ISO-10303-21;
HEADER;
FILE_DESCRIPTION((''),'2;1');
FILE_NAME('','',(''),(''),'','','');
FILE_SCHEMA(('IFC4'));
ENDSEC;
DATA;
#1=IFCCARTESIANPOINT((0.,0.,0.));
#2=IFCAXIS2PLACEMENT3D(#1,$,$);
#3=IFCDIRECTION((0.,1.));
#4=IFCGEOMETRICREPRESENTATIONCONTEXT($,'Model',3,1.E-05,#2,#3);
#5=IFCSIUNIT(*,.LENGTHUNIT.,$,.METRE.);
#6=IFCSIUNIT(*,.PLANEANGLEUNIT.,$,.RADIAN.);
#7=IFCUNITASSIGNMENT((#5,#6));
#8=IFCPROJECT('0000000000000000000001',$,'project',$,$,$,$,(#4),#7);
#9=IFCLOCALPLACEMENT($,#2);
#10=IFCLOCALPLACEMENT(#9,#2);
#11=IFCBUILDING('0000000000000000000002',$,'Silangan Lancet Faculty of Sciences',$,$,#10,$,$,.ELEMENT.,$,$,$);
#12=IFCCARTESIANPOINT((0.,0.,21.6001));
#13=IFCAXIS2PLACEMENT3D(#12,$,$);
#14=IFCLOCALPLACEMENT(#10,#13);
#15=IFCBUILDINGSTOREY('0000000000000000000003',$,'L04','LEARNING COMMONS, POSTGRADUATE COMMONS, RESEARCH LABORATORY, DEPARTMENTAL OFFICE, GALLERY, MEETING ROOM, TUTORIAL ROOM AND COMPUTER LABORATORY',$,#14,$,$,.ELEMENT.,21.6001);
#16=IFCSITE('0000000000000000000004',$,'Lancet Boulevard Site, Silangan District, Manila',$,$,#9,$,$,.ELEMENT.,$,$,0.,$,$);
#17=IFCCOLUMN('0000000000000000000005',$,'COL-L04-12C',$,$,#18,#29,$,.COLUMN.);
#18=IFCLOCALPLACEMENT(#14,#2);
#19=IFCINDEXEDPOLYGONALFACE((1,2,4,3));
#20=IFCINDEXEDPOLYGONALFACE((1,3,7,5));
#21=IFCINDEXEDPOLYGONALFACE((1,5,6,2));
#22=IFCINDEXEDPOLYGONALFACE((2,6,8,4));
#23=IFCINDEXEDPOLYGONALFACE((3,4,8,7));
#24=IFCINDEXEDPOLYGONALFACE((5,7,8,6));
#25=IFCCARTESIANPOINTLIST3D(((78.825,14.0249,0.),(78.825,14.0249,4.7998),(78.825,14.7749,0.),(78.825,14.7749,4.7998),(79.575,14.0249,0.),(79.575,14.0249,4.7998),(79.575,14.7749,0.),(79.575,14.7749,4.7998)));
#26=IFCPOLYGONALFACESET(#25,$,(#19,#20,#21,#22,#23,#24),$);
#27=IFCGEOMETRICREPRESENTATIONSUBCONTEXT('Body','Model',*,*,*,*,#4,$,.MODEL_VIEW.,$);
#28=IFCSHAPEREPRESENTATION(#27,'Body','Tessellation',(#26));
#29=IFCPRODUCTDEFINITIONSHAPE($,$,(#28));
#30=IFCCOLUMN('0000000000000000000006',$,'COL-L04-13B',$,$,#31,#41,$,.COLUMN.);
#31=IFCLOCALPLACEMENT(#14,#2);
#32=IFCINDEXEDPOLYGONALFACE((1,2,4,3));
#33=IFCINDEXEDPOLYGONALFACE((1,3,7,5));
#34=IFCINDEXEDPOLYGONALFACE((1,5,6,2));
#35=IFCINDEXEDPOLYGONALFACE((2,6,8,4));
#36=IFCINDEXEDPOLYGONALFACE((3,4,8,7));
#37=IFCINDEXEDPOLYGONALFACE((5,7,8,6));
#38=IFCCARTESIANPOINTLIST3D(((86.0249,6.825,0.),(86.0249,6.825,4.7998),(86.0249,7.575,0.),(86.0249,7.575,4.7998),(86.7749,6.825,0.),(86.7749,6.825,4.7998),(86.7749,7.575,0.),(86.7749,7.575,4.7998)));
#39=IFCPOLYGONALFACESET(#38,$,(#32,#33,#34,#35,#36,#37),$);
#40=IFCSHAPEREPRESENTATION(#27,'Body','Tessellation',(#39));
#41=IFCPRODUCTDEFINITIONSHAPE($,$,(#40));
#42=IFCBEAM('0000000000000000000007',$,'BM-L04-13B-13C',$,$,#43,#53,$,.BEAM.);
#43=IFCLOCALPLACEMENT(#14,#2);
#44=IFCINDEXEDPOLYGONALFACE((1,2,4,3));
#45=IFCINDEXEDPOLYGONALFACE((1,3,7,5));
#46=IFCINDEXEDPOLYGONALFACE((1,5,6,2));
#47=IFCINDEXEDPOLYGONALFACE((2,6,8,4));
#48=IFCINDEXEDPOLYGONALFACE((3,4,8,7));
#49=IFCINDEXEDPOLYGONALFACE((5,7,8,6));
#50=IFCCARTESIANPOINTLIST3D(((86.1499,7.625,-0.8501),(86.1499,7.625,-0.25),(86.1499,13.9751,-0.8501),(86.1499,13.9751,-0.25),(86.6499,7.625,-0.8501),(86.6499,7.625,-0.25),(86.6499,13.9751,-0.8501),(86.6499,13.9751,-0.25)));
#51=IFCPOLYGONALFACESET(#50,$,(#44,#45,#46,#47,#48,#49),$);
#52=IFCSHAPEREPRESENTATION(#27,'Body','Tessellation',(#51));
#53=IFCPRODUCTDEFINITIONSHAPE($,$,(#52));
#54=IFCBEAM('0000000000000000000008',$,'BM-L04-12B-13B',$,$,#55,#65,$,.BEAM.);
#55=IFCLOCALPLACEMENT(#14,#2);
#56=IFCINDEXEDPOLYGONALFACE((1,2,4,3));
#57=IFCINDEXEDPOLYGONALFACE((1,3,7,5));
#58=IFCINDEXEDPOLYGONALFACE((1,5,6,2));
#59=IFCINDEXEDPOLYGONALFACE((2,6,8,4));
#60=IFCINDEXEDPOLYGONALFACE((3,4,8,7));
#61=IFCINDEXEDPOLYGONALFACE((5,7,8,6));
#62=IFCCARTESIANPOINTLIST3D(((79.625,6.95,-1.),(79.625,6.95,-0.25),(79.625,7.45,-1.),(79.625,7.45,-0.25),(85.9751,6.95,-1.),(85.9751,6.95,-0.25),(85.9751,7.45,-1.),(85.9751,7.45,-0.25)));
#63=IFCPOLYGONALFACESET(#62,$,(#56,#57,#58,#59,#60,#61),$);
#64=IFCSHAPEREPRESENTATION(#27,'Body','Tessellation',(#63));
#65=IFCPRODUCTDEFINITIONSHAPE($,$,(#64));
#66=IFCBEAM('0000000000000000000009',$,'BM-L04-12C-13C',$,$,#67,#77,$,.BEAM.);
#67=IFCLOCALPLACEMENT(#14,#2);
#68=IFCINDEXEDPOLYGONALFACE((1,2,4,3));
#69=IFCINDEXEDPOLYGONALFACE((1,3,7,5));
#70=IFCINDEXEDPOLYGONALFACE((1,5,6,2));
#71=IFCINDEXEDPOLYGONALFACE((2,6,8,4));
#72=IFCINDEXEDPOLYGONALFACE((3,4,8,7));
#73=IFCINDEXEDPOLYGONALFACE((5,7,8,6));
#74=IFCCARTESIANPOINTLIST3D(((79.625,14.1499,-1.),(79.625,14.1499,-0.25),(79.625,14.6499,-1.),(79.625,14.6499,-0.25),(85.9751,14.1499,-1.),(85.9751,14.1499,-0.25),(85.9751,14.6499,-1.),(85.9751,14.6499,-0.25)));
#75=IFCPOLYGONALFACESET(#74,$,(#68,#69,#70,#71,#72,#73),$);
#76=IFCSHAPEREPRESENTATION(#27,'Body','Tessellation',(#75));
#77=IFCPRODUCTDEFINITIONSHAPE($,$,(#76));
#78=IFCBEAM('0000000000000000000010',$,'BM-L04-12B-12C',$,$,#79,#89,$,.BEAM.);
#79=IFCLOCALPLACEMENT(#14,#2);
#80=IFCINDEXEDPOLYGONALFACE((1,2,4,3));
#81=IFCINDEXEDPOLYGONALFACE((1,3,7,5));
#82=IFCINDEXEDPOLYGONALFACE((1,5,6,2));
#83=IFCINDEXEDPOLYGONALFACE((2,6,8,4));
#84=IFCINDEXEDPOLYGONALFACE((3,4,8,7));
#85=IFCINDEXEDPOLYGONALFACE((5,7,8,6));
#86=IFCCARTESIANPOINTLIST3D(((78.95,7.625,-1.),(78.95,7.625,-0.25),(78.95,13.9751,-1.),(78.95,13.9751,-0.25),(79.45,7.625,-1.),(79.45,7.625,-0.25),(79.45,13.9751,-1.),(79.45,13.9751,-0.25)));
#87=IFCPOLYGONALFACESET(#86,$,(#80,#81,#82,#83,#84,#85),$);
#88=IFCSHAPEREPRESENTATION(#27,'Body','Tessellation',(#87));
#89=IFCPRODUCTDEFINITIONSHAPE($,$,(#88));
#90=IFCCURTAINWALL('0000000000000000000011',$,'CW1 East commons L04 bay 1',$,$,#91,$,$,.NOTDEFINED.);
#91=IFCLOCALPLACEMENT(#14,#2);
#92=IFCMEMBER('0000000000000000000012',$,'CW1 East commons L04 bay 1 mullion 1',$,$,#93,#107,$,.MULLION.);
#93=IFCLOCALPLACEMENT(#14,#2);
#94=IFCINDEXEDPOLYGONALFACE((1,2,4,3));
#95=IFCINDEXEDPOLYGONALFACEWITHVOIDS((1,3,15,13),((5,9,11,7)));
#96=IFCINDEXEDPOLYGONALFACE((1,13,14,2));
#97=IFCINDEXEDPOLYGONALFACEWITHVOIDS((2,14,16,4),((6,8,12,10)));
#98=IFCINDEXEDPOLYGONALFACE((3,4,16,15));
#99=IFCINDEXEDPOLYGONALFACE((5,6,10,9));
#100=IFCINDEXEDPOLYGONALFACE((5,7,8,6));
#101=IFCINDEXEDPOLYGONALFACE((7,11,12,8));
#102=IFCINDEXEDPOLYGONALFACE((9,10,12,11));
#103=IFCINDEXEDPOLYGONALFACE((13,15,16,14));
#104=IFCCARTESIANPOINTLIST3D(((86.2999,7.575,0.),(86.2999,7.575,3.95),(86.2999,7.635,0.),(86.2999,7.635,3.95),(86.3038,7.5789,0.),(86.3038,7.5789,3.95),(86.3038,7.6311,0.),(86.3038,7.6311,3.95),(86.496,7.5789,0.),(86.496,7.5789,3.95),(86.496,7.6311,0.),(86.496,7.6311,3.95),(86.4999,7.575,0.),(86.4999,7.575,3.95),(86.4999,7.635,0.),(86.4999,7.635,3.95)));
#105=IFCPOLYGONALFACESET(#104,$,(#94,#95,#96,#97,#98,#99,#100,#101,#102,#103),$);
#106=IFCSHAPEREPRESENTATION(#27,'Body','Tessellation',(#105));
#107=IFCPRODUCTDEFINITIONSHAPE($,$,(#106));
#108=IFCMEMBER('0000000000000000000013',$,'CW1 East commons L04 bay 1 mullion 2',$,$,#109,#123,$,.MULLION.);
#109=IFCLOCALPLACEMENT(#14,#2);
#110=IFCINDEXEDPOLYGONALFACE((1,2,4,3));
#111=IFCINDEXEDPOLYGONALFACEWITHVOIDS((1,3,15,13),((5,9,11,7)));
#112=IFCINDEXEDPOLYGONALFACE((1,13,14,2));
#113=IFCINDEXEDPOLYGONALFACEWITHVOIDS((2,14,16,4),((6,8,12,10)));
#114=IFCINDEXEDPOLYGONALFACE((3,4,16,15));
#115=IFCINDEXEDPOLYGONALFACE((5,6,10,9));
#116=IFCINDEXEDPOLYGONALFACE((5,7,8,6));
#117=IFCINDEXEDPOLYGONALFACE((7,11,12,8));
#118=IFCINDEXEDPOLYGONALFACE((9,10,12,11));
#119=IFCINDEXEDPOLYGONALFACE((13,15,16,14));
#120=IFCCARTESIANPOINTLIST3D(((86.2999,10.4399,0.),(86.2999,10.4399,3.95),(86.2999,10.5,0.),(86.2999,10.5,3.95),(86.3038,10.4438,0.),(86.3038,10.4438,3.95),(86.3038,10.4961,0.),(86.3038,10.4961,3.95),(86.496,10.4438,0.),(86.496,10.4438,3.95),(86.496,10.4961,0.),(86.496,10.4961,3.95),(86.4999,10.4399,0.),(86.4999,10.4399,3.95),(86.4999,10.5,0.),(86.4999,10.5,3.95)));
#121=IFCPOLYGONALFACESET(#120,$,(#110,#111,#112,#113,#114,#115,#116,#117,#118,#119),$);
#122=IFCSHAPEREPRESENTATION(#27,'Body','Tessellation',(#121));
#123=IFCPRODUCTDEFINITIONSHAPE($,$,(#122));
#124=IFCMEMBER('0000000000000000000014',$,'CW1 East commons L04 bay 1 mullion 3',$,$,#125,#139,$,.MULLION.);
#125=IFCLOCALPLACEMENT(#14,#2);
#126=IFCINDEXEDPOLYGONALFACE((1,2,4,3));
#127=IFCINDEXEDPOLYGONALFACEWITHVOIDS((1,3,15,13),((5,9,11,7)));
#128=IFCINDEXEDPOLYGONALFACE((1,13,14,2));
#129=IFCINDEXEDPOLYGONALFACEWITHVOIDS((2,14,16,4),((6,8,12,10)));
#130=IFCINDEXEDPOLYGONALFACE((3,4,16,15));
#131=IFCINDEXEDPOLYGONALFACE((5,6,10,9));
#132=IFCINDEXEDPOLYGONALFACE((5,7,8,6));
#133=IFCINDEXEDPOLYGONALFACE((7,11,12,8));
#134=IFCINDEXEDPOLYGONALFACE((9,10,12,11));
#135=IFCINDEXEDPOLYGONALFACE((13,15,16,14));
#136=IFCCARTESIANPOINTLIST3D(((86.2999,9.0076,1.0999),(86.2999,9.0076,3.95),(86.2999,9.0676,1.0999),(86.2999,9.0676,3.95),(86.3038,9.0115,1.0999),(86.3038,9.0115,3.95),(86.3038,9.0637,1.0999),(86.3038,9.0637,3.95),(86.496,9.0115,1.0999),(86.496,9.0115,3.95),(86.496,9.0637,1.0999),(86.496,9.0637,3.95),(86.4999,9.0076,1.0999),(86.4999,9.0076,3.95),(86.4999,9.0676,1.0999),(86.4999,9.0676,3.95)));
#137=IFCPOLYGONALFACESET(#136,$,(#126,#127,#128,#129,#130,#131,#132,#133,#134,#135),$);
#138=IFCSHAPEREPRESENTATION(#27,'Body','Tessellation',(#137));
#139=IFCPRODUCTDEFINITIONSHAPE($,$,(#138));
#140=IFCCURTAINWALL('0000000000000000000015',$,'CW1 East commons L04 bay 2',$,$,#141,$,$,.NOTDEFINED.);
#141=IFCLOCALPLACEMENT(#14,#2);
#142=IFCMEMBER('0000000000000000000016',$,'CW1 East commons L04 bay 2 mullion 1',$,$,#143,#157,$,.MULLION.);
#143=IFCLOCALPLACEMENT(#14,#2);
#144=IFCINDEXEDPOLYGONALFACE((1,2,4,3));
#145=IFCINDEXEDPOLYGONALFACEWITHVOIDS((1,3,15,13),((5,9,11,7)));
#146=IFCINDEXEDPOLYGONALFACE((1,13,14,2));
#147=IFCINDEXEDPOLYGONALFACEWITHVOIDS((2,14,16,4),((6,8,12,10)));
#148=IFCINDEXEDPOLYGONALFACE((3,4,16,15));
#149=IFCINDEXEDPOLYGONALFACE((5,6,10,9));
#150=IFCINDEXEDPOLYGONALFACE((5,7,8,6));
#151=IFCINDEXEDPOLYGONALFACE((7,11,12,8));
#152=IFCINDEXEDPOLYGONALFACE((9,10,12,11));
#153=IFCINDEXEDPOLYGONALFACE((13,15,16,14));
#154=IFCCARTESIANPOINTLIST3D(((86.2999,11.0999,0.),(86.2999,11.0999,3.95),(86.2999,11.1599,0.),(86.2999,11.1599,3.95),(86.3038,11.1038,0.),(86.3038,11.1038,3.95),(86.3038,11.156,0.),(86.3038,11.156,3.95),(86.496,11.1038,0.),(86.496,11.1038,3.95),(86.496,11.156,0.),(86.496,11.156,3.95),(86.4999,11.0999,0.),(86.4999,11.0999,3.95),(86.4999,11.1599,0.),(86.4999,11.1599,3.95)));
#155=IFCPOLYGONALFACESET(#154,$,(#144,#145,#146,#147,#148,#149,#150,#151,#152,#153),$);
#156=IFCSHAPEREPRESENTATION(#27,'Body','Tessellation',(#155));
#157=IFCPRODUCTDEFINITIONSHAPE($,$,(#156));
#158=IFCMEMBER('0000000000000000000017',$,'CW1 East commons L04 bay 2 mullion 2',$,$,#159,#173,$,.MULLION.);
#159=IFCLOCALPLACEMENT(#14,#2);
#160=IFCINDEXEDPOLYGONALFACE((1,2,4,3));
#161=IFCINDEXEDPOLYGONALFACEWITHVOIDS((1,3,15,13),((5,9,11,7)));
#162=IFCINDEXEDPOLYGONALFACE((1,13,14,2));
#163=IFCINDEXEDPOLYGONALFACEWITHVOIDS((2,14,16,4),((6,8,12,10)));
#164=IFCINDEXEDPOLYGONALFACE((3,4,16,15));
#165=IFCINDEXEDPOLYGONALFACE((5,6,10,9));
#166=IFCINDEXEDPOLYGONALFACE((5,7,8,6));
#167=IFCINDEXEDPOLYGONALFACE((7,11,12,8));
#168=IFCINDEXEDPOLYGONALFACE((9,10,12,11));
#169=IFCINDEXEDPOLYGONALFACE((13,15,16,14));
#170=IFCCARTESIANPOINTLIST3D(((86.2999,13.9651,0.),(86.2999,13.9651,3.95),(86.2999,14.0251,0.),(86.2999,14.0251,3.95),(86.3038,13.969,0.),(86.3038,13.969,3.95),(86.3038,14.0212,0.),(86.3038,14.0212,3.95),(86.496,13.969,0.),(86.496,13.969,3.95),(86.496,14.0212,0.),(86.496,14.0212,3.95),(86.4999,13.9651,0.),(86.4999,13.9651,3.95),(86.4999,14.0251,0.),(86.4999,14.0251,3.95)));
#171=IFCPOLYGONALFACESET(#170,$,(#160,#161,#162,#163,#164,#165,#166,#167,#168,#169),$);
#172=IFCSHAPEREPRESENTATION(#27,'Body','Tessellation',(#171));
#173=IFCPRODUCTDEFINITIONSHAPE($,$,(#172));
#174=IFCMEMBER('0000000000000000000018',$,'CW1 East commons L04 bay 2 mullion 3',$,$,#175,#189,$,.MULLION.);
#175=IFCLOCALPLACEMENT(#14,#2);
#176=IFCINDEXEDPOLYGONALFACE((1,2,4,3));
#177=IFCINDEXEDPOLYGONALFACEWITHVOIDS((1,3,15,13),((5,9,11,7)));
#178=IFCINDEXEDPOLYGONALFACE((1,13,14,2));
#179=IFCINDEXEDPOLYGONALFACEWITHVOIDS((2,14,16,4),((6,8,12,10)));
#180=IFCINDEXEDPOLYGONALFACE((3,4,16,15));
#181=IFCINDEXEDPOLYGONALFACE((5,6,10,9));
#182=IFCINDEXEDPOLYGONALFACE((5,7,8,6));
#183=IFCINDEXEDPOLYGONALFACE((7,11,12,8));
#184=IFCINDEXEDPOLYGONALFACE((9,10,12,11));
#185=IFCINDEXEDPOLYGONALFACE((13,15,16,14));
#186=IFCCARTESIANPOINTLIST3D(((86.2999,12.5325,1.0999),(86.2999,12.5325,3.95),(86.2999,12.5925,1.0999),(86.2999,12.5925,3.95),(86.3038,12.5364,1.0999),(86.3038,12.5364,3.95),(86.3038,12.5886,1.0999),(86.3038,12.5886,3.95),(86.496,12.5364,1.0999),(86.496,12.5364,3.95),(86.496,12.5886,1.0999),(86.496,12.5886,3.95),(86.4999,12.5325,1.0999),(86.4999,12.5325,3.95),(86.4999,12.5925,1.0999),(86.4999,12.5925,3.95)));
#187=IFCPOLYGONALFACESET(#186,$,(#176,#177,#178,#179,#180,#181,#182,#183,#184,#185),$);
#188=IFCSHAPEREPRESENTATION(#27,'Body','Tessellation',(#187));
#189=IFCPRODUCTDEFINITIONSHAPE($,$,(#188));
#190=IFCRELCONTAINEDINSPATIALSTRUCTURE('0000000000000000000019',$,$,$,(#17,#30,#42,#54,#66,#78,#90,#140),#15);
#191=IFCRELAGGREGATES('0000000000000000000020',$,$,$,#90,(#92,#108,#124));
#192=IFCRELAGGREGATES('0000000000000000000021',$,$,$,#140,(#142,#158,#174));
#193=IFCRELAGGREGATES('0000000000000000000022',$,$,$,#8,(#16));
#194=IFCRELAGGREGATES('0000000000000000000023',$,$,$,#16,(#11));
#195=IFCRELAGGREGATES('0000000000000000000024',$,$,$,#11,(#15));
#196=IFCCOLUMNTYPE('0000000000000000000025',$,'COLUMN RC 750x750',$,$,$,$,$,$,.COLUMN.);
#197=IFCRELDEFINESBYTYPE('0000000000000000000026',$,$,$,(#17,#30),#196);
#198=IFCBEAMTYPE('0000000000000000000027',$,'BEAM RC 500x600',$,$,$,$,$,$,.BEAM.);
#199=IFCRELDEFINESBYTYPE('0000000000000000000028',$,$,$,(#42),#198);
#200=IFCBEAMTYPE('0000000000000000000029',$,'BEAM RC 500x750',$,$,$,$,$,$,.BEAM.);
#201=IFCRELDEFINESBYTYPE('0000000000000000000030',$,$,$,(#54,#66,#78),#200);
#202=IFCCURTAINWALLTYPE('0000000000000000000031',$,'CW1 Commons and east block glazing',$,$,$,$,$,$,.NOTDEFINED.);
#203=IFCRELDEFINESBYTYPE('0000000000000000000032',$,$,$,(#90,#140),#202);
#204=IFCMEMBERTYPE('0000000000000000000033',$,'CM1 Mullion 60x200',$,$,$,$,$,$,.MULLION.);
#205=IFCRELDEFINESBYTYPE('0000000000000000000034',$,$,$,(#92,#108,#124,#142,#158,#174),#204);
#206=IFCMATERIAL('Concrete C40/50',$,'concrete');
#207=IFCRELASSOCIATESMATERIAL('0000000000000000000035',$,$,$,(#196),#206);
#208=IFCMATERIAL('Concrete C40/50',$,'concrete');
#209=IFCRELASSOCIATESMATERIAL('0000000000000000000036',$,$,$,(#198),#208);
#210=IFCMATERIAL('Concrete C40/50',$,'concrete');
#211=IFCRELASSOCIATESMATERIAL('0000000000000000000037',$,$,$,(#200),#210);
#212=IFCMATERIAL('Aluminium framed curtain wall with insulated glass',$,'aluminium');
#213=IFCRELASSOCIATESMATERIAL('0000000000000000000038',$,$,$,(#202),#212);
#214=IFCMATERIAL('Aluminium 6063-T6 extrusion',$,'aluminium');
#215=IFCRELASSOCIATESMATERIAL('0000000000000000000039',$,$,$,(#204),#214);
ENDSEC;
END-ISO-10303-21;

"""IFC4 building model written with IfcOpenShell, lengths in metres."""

from ifc_helpers import new_model, si_unit, direction, frame, origin, origin_2d, place, context, subcontext, project, spatial, rectangle, hollow_rectangle, extrude, material, material_profile, profile_set, type_object, element, aggregate, save


model = new_model("IFC4")

# Units and contexts
model_context = context("Model", 3, precision=1e-05, world=origin(), true_north=direction((0.0, 1.0)))
body_context = subcontext(model_context, "Body", "Model", "MODEL_VIEW")
ifc_project = project(units=[si_unit("LENGTHUNIT", "METRE"), si_unit("PLANEANGLEUNIT", "RADIAN")], contexts=[model_context])

# Site, building, storey
site_placement = place(None, origin())
site = spatial("IfcSite", under=ifc_project, at=site_placement, Name="Lancet Boulevard Site, Silangan District, Manila", CompositionType="ELEMENT", RefElevation=0.0)
building_placement = place(site_placement, origin())
building = spatial("IfcBuilding", under=site, at=building_placement, Name="Silangan Lancet Faculty of Sciences", CompositionType="ELEMENT")
storey_placement = place(building_placement, frame((0.0, 0.0, 21.6001)))
storey = spatial("IfcBuildingStorey", under=building, at=storey_placement, Name="L04", Description="LEARNING COMMONS, POSTGRADUATE COMMONS, RESEARCH LABORATORY, DEPARTMENTAL OFFICE, GALLERY, MEETING ROOM, TUTORIAL ROOM AND COMPUTER LABORATORY", CompositionType="ELEMENT", Elevation=21.6001)

# Columns
ifc_material_1 = material(Name="Concrete C40/50", Category="concrete")
ifc_material_profile_1 = material_profile(ifc_material_1, rectangle(XDim=0.75, YDim=0.75, at=origin_2d()), Name="RC 750x750")
ifc_profile_set_1 = profile_set([ifc_material_profile_1], Name="Concrete C40/50")
column_type = type_object("IfcColumnType", Name="COLUMN RC 750x750", PredefinedType="COLUMN", material=ifc_profile_set_1)
for number, where, z_axis, x_axis, name in (
    (1, (79.2, 14.3999, 0.0), (0.0, 0.0, 1.0), (1.0, 0.0, 0.0), "COL-L04-12C"),
    (2, (86.3999, 7.2, 0.0), (0.0, 0.0, 1.0), (1.0, 0.0, 0.0), "COL-L04-13B"),
):
    element("IfcColumn", number, at=place(storey_placement, frame(where, z_axis=z_axis, x_axis=x_axis)), inside=storey, type_object=column_type, Name=name, PredefinedType="COLUMN", context=body_context, shape_type="SweptSolid", body=[
        extrude(rectangle(XDim=0.75, YDim=0.75, at=origin_2d()), origin(), (0.0, 0.0, 1.0), 4.7998),
    ])

# Beams
ifc_material_2 = material(Name="Concrete C40/50", Category="concrete")
ifc_material_profile_2 = material_profile(ifc_material_2, rectangle(XDim=0.5, YDim=0.6001, at=origin_2d()), Name="RC 500x600")
ifc_profile_set_2 = profile_set([ifc_material_profile_2], Name="Concrete C40/50")
beam_type_1 = type_object("IfcBeamType", Name="BEAM RC 500x600", PredefinedType="BEAM", material=ifc_profile_set_2)
beam_placement = place(storey_placement, frame((86.3999, 7.625, -0.55), z_axis=(0.0, 1.0, 0.0), x_axis=(-1.0, 0.0, 0.0)))
element("IfcBeam", 3, at=beam_placement, inside=storey, type_object=beam_type_1, Name="BM-L04-13B-13C", PredefinedType="BEAM", context=body_context, shape_type="SweptSolid", body=[
    extrude(rectangle(XDim=0.5, YDim=0.6001, at=origin_2d()), origin(), (0.0, 0.0, 1.0), 6.3501),
])
ifc_material_3 = material(Name="Concrete C40/50", Category="concrete")
ifc_material_profile_3 = material_profile(ifc_material_3, rectangle(XDim=0.5, YDim=0.75, at=origin_2d()), Name="RC 500x750")
ifc_profile_set_3 = profile_set([ifc_material_profile_3], Name="Concrete C40/50")
beam_type_2 = type_object("IfcBeamType", Name="BEAM RC 500x750", PredefinedType="BEAM", material=ifc_profile_set_3)
for number, where, z_axis, x_axis, name in (
    (4, (79.625, 7.2, -0.625), (1.0, 0.0, 0.0), (0.0, 1.0, 0.0), "BM-L04-12B-13B"),
    (5, (79.625, 14.3999, -0.625), (1.0, 0.0, 0.0), (0.0, 1.0, 0.0), "BM-L04-12C-13C"),
    (6, (79.2, 7.625, -0.625), (0.0, 1.0, 0.0), (-1.0, 0.0, 0.0), "BM-L04-12B-12C"),
):
    element("IfcBeam", number, at=place(storey_placement, frame(where, z_axis=z_axis, x_axis=x_axis)), inside=storey, type_object=beam_type_2, Name=name, PredefinedType="BEAM", context=body_context, shape_type="SweptSolid", body=[
        extrude(rectangle(XDim=0.5, YDim=0.75, at=origin_2d()), origin(), (0.0, 0.0, 1.0), 6.3501),
    ])

# Curtain walls, members
ifc_material_4 = material(Name="Aluminium framed curtain wall with insulated glass", Category="aluminium")
curtain_wall_type = type_object("IfcCurtainWallType", Name="CW1 Commons and east block glazing", PredefinedType="NOTDEFINED", material=ifc_material_4)
curtain_wall_1_placement = place(storey_placement, origin())
curtain_wall_1 = element("IfcCurtainWall", 7, at=curtain_wall_1_placement, inside=storey, type_object=curtain_wall_type, Name="CW1 East commons L04 bay 1", PredefinedType="NOTDEFINED")
ifc_material_5 = material(Name="Aluminium 6063-T6 extrusion", Category="aluminium")
ifc_material_profile_4 = material_profile(ifc_material_5, hollow_rectangle(XDim=0.0601, YDim=0.2, WallThickness=0.0039, at=origin_2d()), Name="AL BOX 60x200x4")
ifc_profile_set_4 = profile_set([ifc_material_profile_4], Name="Aluminium 6063-T6 extrusion")
member_type_1 = type_object("IfcMemberType", Name="CM1 Mullion 60x200", PredefinedType="MULLION", material=ifc_profile_set_4)
member_1_placement = place(storey_placement, frame((86.3999, 7.605, 0.0), z_axis=(0.0, 0.0, 1.0), x_axis=(0.0, 1.0, 0.0)))
member_1 = element("IfcMember", 8, at=member_1_placement, type_object=member_type_1, Name="CW1 East commons L04 bay 1 mullion 1", PredefinedType="MULLION", context=body_context, shape_type="SweptSolid", body=[
    extrude(hollow_rectangle(XDim=0.0601, YDim=0.2, WallThickness=0.0039, at=origin_2d()), origin(), (0.0, 0.0, 1.0), 3.95),
])
member_2_placement = place(storey_placement, frame((86.3999, 10.47, 0.0), z_axis=(0.0, 0.0, 1.0), x_axis=(0.0, 1.0, 0.0)))
member_2 = element("IfcMember", 9, at=member_2_placement, type_object=member_type_1, Name="CW1 East commons L04 bay 1 mullion 2", PredefinedType="MULLION", context=body_context, shape_type="SweptSolid", body=[
    extrude(hollow_rectangle(XDim=0.0601, YDim=0.2, WallThickness=0.0039, at=origin_2d()), origin(), (0.0, 0.0, 1.0), 3.95),
])
member_3_placement = place(storey_placement, frame((86.3999, 9.0376, 1.0999), z_axis=(0.0, 0.0, 1.0), x_axis=(0.0, 1.0, 0.0)))
member_3 = element("IfcMember", 10, at=member_3_placement, type_object=member_type_1, Name="CW1 East commons L04 bay 1 mullion 3", PredefinedType="MULLION", context=body_context, shape_type="SweptSolid", body=[
    extrude(hollow_rectangle(XDim=0.0601, YDim=0.2, WallThickness=0.0039, at=origin_2d()), origin(), (0.0, 0.0, 1.0), 2.8501),
])
curtain_wall_2_placement = place(storey_placement, origin())
curtain_wall_2 = element("IfcCurtainWall", 11, at=curtain_wall_2_placement, inside=storey, type_object=curtain_wall_type, Name="CW1 East commons L04 bay 2", PredefinedType="NOTDEFINED")
member_4_placement = place(storey_placement, frame((86.3999, 11.1299, 0.0), z_axis=(0.0, 0.0, 1.0), x_axis=(0.0, 1.0, 0.0)))
member_4 = element("IfcMember", 12, at=member_4_placement, type_object=member_type_1, Name="CW1 East commons L04 bay 2 mullion 1", PredefinedType="MULLION", context=body_context, shape_type="SweptSolid", body=[
    extrude(hollow_rectangle(XDim=0.0601, YDim=0.2, WallThickness=0.0039, at=origin_2d()), origin(), (0.0, 0.0, 1.0), 3.95),
])
member_5_placement = place(storey_placement, frame((86.3999, 13.9951, 0.0), z_axis=(0.0, 0.0, 1.0), x_axis=(0.0, 1.0, 0.0)))
member_5 = element("IfcMember", 13, at=member_5_placement, type_object=member_type_1, Name="CW1 East commons L04 bay 2 mullion 2", PredefinedType="MULLION", context=body_context, shape_type="SweptSolid", body=[
    extrude(hollow_rectangle(XDim=0.0601, YDim=0.2, WallThickness=0.0039, at=origin_2d()), origin(), (0.0, 0.0, 1.0), 3.95),
])
member_6_placement = place(storey_placement, frame((86.3999, 12.5625, 1.0999), z_axis=(0.0, 0.0, 1.0), x_axis=(0.0, 1.0, 0.0)))
member_6 = element("IfcMember", 14, at=member_6_placement, type_object=member_type_1, Name="CW1 East commons L04 bay 2 mullion 3", PredefinedType="MULLION", context=body_context, shape_type="SweptSolid", body=[
    extrude(hollow_rectangle(XDim=0.0601, YDim=0.2, WallThickness=0.0039, at=origin_2d()), origin(), (0.0, 0.0, 1.0), 2.8501),
])

aggregate(curtain_wall_1, [member_1, member_2, member_3])
aggregate(curtain_wall_2, [member_4, member_5, member_6])

save(model, "model.ifc")
